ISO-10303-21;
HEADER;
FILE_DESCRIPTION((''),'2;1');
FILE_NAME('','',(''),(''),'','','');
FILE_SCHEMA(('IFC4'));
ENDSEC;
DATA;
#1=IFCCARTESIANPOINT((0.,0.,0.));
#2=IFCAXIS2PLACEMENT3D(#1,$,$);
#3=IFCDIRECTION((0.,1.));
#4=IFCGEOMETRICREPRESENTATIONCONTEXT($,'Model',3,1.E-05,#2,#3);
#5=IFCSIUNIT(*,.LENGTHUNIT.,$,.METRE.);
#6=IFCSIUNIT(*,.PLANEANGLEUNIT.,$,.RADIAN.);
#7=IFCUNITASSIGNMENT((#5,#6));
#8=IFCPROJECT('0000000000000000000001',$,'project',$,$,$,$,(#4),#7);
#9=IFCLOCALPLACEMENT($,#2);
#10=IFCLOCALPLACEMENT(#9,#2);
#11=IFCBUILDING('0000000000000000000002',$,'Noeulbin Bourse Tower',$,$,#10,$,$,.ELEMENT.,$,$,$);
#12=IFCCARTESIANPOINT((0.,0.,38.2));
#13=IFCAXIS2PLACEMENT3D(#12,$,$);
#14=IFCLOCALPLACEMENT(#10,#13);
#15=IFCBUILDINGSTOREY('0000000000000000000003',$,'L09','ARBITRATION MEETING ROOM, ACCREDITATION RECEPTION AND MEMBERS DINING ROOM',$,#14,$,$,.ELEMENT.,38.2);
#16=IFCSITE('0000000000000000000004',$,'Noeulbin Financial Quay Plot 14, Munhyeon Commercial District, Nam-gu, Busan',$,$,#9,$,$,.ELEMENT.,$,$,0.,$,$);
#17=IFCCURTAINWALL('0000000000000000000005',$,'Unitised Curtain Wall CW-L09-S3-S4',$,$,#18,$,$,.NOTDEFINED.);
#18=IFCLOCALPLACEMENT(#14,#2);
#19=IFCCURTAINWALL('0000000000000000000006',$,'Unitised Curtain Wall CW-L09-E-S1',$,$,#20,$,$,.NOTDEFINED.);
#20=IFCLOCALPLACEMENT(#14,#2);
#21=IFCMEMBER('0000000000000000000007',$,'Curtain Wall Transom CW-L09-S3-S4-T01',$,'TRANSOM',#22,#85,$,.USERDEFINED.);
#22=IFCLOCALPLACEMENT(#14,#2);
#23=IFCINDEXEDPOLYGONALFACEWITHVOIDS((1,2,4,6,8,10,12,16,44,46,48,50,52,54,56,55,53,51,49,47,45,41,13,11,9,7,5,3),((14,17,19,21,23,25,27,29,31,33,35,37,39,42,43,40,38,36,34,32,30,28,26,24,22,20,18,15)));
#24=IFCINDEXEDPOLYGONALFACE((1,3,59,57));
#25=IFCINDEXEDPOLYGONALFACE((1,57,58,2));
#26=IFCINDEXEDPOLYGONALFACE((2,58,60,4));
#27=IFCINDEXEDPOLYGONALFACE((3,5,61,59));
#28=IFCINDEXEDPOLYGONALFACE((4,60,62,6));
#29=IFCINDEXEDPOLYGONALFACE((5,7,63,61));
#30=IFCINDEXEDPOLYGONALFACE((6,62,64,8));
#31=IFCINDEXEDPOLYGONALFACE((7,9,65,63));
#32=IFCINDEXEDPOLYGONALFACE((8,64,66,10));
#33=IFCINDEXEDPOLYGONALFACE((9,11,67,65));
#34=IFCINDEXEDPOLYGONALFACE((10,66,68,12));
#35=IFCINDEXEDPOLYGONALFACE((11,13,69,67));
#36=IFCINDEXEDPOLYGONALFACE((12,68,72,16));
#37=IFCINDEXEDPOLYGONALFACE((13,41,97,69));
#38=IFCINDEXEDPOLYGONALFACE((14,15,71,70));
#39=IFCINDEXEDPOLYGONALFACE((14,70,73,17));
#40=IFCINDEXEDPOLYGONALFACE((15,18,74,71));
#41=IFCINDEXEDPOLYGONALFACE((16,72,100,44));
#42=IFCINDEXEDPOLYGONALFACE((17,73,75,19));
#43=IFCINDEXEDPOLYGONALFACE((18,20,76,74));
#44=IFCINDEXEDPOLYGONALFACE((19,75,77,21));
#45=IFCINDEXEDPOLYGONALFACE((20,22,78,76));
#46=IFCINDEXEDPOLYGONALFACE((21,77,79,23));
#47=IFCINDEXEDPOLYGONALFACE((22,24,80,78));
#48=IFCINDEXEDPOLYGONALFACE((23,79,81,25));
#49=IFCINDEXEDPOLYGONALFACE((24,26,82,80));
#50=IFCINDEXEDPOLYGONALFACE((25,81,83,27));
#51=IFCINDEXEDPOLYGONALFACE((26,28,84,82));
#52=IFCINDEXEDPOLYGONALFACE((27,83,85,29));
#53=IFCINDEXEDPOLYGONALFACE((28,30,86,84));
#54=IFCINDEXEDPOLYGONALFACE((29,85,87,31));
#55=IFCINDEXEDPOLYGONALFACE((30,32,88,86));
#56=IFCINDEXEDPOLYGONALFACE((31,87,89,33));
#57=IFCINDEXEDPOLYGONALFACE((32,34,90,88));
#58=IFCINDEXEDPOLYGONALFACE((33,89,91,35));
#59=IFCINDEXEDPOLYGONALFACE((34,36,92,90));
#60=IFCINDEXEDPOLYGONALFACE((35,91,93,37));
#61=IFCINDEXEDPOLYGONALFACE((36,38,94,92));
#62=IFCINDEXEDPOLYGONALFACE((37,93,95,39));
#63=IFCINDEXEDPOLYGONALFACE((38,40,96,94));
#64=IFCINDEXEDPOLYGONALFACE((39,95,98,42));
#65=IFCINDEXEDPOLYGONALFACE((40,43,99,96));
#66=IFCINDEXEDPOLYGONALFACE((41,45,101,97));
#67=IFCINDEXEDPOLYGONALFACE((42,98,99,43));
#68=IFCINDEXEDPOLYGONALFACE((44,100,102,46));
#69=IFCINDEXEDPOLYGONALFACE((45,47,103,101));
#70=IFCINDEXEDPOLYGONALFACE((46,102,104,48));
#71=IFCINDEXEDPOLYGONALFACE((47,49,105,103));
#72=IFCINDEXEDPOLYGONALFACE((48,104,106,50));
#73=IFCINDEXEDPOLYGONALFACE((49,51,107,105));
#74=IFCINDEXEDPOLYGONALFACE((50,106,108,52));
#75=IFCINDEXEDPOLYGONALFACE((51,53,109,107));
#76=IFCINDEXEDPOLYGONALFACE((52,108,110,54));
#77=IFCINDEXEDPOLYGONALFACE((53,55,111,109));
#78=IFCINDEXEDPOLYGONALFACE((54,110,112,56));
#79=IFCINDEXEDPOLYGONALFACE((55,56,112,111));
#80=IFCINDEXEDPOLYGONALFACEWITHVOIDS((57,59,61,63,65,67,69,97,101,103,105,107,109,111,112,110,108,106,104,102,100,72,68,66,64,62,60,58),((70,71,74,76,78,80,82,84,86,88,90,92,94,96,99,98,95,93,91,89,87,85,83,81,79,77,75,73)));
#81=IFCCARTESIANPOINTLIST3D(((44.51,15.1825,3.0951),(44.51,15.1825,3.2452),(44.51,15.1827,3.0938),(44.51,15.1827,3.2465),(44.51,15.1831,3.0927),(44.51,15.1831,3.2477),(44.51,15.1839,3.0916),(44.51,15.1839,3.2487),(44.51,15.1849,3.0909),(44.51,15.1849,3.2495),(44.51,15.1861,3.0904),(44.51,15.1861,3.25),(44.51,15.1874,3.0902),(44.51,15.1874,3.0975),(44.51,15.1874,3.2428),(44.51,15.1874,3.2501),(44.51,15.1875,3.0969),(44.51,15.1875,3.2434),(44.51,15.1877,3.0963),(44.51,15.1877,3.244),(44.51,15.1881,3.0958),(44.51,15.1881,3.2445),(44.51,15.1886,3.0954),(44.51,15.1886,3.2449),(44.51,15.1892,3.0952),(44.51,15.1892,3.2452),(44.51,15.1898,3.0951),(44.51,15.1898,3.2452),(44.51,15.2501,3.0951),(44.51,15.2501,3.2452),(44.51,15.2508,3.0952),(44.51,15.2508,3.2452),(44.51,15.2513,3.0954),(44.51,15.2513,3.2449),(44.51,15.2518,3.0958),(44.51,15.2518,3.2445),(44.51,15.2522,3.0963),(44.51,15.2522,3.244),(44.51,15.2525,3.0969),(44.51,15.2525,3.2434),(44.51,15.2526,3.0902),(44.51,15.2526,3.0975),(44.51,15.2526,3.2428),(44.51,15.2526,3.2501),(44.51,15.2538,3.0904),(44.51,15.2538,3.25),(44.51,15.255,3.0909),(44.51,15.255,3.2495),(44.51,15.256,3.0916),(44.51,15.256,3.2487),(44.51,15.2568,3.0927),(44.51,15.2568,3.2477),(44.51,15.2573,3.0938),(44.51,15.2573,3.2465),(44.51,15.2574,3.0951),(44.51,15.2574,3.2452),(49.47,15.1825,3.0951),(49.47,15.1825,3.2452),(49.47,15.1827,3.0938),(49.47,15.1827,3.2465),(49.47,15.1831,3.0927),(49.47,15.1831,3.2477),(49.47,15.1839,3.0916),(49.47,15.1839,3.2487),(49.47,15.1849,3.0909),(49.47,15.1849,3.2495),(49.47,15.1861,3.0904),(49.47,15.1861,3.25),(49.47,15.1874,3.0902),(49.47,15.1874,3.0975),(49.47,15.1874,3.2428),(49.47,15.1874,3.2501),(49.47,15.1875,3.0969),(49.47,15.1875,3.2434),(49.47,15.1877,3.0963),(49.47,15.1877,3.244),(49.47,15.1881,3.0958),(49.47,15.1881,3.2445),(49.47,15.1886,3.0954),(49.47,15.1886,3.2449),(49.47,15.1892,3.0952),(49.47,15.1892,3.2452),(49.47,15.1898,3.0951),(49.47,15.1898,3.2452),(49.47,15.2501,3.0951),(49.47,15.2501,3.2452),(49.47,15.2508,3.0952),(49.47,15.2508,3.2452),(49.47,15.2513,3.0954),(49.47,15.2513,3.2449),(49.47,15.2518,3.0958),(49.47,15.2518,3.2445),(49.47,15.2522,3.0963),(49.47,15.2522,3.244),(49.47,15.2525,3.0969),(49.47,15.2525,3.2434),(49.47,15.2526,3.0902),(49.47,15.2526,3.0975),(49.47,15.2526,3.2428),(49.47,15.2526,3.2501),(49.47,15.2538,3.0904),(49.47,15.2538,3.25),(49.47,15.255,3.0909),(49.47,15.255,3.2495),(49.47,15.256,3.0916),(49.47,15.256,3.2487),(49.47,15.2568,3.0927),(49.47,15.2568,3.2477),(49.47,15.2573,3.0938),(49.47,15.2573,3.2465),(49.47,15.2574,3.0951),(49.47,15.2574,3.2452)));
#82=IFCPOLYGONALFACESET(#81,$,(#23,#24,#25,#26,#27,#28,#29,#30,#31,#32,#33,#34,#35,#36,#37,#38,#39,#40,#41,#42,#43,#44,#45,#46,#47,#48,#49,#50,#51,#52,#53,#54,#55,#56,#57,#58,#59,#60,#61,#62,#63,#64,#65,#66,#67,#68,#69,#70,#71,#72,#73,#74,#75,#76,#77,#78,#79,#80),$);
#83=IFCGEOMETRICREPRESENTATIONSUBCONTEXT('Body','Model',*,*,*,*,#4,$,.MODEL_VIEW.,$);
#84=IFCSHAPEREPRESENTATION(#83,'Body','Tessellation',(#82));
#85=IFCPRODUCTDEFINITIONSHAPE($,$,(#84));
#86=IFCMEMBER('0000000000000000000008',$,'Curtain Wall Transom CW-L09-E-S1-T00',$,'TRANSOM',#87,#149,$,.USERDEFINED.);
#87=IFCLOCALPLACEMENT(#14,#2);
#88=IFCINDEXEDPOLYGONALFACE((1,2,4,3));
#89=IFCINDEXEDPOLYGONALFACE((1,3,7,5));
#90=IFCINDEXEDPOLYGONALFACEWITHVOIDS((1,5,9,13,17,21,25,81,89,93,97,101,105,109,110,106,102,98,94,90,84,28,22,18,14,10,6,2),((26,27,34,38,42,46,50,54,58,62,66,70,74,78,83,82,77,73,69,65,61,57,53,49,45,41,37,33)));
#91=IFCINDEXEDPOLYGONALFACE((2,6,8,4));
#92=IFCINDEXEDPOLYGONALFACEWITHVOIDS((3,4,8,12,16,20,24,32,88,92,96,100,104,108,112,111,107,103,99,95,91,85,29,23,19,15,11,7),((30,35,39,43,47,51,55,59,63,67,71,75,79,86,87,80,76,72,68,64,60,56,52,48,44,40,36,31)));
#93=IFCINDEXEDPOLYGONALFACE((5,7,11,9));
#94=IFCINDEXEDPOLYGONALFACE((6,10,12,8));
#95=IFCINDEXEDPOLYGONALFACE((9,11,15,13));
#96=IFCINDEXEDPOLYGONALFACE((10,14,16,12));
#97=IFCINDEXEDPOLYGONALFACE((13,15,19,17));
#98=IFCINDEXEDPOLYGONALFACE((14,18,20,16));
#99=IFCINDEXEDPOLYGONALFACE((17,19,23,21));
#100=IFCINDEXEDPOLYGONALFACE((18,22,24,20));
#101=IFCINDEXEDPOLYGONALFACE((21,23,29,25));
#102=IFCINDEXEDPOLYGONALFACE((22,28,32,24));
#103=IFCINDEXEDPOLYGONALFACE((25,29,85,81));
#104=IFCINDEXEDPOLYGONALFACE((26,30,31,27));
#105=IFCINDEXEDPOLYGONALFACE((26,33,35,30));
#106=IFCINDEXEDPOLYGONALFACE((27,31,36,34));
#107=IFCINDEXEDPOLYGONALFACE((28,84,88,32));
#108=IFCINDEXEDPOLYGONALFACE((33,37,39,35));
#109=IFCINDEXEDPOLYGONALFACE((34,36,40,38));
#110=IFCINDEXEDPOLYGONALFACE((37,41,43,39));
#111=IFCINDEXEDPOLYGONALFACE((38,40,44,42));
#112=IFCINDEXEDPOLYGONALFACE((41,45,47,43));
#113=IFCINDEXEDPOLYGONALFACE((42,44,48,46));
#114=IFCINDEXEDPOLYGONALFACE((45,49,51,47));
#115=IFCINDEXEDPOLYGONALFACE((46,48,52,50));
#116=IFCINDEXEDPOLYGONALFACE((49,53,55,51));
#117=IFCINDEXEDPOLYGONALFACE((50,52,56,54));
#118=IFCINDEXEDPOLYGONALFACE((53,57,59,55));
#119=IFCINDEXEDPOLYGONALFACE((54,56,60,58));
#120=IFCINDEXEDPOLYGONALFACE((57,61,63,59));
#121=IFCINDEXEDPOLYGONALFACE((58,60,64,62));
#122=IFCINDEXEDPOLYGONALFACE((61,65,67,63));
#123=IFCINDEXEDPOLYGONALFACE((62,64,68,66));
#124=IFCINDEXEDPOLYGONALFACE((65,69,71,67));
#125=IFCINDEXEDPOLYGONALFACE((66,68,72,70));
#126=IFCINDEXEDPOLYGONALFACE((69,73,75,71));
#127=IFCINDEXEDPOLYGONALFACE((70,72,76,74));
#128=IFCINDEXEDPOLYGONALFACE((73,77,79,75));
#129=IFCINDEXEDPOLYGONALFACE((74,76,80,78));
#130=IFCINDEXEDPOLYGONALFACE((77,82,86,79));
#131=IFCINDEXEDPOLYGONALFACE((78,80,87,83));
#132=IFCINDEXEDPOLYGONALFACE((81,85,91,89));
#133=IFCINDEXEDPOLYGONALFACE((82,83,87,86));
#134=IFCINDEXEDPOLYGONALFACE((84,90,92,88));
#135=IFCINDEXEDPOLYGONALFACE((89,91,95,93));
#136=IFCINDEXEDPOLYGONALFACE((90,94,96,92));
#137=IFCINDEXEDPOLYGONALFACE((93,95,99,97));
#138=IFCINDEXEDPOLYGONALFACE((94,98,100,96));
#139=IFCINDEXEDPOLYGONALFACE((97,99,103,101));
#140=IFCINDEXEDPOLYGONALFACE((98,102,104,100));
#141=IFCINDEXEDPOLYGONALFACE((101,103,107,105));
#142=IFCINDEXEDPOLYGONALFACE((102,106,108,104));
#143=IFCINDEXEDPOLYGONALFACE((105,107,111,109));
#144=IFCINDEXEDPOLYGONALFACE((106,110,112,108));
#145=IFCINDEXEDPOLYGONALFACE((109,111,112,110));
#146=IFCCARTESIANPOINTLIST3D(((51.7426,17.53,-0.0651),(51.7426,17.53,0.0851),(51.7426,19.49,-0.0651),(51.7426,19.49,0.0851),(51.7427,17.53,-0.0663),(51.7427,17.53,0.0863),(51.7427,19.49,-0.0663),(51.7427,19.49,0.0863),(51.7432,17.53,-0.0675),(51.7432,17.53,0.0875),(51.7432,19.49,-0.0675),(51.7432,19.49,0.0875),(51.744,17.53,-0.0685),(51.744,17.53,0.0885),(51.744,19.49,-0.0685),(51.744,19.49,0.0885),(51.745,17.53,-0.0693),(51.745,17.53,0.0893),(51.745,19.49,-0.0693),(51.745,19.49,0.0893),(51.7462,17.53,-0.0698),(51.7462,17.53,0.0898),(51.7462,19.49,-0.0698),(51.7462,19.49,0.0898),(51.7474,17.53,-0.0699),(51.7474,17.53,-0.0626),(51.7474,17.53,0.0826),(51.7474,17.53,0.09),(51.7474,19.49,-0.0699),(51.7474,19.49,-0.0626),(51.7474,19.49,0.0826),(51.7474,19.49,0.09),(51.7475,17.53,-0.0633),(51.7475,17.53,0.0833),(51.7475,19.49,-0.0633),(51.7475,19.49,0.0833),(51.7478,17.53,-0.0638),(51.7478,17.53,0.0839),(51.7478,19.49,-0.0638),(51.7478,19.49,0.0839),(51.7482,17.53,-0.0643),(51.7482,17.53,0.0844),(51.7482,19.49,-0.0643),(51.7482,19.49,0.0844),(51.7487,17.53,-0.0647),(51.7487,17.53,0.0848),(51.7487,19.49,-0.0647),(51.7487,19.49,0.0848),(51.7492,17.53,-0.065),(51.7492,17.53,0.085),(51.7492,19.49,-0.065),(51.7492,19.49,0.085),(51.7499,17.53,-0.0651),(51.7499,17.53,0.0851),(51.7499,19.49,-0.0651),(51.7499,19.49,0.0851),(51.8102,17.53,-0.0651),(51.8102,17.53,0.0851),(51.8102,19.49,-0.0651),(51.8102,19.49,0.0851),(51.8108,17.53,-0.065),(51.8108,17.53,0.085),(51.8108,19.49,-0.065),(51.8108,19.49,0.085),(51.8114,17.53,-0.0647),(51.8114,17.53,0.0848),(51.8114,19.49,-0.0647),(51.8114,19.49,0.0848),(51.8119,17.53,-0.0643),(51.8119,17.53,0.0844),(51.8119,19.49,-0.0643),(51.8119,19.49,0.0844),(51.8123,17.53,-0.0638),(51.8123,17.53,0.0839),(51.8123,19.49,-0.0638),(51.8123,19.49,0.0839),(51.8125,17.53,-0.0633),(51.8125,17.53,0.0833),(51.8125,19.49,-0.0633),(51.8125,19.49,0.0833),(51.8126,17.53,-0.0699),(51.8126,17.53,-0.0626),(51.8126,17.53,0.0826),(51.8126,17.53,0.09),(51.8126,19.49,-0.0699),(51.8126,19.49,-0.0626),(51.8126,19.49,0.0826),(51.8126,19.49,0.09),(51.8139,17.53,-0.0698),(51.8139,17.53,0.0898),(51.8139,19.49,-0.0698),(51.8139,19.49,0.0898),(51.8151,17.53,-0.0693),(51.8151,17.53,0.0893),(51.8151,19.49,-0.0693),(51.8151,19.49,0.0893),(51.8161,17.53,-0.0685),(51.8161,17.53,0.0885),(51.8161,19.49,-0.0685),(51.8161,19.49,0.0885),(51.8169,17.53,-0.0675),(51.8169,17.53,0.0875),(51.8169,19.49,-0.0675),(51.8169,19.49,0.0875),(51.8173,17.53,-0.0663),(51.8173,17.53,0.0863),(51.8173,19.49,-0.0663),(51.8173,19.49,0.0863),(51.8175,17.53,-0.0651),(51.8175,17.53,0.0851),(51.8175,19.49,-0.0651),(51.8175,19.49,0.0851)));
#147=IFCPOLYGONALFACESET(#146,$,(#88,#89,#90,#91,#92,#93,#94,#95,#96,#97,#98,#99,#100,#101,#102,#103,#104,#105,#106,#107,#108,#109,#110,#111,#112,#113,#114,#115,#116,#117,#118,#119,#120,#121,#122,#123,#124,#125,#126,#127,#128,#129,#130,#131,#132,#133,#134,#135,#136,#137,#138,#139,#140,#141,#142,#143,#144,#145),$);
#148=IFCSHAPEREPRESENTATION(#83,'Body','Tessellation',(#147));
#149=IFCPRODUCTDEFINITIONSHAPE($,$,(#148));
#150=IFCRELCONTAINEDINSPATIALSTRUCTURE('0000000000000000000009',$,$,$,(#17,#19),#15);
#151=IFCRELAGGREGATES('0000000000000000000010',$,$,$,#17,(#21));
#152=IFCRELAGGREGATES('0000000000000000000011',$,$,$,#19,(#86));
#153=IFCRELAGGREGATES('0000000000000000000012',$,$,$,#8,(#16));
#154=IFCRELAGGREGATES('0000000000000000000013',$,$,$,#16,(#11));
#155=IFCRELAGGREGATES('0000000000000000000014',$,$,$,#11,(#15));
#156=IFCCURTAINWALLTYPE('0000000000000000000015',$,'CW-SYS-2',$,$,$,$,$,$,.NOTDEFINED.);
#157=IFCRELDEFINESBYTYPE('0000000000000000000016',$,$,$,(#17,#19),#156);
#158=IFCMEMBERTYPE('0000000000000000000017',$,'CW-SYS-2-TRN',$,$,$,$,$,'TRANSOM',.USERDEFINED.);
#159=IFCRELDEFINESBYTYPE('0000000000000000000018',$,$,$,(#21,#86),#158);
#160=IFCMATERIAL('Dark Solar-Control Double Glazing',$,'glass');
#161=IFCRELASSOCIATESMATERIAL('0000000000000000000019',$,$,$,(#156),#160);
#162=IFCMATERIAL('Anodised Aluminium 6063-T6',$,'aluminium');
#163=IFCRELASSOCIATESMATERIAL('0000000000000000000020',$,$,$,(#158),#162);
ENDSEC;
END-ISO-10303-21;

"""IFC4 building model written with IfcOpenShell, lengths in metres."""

from ifc_helpers import new_model, si_unit, direction, frame, origin, origin_2d, place, context, subcontext, project, spatial, hollow_rectangle, extrude, material, material_profile, profile_set, type_object, element, aggregate, save


model = new_model("IFC4")

# Units and contexts
model_context = context("Model", 3, precision=1e-05, world=origin(), true_north=direction((0.0, 1.0)))
body_context = subcontext(model_context, "Body", "Model", "MODEL_VIEW")
ifc_project = project(units=[si_unit("LENGTHUNIT", "METRE"), si_unit("PLANEANGLEUNIT", "RADIAN")], contexts=[model_context])

# Site, building, storey
site_placement = place(None, origin())
site = spatial("IfcSite", under=ifc_project, at=site_placement, Name="Noeulbin Financial Quay Plot 14, Munhyeon Commercial District, Nam-gu, Busan", CompositionType="ELEMENT", RefElevation=0.0)
building_placement = place(site_placement, origin())
building = spatial("IfcBuilding", under=site, at=building_placement, Name="Noeulbin Bourse Tower", CompositionType="ELEMENT")
storey_placement = place(building_placement, frame((0.0, 0.0, 38.2)))
storey = spatial("IfcBuildingStorey", under=building, at=storey_placement, Name="L09", Description="ARBITRATION MEETING ROOM, ACCREDITATION RECEPTION AND MEMBERS DINING ROOM", CompositionType="ELEMENT", Elevation=38.2)

# Curtain walls
ifc_material_1 = material(Name="Dark Solar-Control Double Glazing", Category="glass")
curtain_wall_type = type_object("IfcCurtainWallType", Name="CW-SYS-2", PredefinedType="NOTDEFINED", material=ifc_material_1)
curtain_wall_1_placement = place(storey_placement, origin())
curtain_wall_1 = element("IfcCurtainWall", 1, at=curtain_wall_1_placement, inside=storey, type_object=curtain_wall_type, Name="Unitised Curtain Wall CW-L09-S3-S4", PredefinedType="NOTDEFINED")
ifc_material_2 = material(Name="Anodised Aluminium 6063-T6", Category="aluminium")
curtain_wall_2_placement = place(storey_placement, origin())
curtain_wall_2 = element("IfcCurtainWall", 2, at=curtain_wall_2_placement, inside=storey, type_object=curtain_wall_type, Name="Unitised Curtain Wall CW-L09-E-S1", PredefinedType="NOTDEFINED")

# Members
ifc_material_profile_1 = material_profile(ifc_material_2, hollow_rectangle(XDim=0.075, YDim=0.1599, WallThickness=0.0049, InnerFilletRadius=0.0024, OuterFilletRadius=0.0049, at=origin_2d()), Name="ALU-TRAN-75x160x5", Category="LoadBearing")
ifc_profile_set_1 = profile_set([ifc_material_profile_1], Name="Anodised Aluminium 6063-T6")
member_type_1 = type_object("IfcMemberType", Name="CW-SYS-2-TRN", ElementType="TRANSOM", PredefinedType="USERDEFINED", material=ifc_profile_set_1)
member_1_placement = place(storey_placement, frame((44.51, 15.22, 3.1702), z_axis=(1.0, 0.0, 0.0), x_axis=(0.0, 1.0, 0.0)))
member_1 = element("IfcMember", 3, at=member_1_placement, type_object=member_type_1, Name="Curtain Wall Transom CW-L09-S3-S4-T01", ObjectType="TRANSOM", PredefinedType="USERDEFINED", context=body_context, shape_type="SweptSolid", body=[
    extrude(hollow_rectangle(XDim=0.075, YDim=0.1599, WallThickness=0.0049, InnerFilletRadius=0.0024, OuterFilletRadius=0.0049, at=origin_2d()), origin(), (0.0, 0.0, 1.0), 4.96),
])
member_2_placement = place(storey_placement, frame((51.78, 17.53, 0.01), z_axis=(0.0, 1.0, 0.0), x_axis=(-1.0, 0.0, 0.0)))
member_2 = element("IfcMember", 4, at=member_2_placement, type_object=member_type_1, Name="Curtain Wall Transom CW-L09-E-S1-T00", ObjectType="TRANSOM", PredefinedType="USERDEFINED", context=body_context, shape_type="SweptSolid", body=[
    extrude(hollow_rectangle(XDim=0.075, YDim=0.1599, WallThickness=0.0049, InnerFilletRadius=0.0024, OuterFilletRadius=0.0049, at=origin_2d()), origin(), (0.0, 0.0, 1.0), 1.96),
])

aggregate(curtain_wall_1, [member_1])
aggregate(curtain_wall_2, [member_2])

save(model, "model.ifc")
